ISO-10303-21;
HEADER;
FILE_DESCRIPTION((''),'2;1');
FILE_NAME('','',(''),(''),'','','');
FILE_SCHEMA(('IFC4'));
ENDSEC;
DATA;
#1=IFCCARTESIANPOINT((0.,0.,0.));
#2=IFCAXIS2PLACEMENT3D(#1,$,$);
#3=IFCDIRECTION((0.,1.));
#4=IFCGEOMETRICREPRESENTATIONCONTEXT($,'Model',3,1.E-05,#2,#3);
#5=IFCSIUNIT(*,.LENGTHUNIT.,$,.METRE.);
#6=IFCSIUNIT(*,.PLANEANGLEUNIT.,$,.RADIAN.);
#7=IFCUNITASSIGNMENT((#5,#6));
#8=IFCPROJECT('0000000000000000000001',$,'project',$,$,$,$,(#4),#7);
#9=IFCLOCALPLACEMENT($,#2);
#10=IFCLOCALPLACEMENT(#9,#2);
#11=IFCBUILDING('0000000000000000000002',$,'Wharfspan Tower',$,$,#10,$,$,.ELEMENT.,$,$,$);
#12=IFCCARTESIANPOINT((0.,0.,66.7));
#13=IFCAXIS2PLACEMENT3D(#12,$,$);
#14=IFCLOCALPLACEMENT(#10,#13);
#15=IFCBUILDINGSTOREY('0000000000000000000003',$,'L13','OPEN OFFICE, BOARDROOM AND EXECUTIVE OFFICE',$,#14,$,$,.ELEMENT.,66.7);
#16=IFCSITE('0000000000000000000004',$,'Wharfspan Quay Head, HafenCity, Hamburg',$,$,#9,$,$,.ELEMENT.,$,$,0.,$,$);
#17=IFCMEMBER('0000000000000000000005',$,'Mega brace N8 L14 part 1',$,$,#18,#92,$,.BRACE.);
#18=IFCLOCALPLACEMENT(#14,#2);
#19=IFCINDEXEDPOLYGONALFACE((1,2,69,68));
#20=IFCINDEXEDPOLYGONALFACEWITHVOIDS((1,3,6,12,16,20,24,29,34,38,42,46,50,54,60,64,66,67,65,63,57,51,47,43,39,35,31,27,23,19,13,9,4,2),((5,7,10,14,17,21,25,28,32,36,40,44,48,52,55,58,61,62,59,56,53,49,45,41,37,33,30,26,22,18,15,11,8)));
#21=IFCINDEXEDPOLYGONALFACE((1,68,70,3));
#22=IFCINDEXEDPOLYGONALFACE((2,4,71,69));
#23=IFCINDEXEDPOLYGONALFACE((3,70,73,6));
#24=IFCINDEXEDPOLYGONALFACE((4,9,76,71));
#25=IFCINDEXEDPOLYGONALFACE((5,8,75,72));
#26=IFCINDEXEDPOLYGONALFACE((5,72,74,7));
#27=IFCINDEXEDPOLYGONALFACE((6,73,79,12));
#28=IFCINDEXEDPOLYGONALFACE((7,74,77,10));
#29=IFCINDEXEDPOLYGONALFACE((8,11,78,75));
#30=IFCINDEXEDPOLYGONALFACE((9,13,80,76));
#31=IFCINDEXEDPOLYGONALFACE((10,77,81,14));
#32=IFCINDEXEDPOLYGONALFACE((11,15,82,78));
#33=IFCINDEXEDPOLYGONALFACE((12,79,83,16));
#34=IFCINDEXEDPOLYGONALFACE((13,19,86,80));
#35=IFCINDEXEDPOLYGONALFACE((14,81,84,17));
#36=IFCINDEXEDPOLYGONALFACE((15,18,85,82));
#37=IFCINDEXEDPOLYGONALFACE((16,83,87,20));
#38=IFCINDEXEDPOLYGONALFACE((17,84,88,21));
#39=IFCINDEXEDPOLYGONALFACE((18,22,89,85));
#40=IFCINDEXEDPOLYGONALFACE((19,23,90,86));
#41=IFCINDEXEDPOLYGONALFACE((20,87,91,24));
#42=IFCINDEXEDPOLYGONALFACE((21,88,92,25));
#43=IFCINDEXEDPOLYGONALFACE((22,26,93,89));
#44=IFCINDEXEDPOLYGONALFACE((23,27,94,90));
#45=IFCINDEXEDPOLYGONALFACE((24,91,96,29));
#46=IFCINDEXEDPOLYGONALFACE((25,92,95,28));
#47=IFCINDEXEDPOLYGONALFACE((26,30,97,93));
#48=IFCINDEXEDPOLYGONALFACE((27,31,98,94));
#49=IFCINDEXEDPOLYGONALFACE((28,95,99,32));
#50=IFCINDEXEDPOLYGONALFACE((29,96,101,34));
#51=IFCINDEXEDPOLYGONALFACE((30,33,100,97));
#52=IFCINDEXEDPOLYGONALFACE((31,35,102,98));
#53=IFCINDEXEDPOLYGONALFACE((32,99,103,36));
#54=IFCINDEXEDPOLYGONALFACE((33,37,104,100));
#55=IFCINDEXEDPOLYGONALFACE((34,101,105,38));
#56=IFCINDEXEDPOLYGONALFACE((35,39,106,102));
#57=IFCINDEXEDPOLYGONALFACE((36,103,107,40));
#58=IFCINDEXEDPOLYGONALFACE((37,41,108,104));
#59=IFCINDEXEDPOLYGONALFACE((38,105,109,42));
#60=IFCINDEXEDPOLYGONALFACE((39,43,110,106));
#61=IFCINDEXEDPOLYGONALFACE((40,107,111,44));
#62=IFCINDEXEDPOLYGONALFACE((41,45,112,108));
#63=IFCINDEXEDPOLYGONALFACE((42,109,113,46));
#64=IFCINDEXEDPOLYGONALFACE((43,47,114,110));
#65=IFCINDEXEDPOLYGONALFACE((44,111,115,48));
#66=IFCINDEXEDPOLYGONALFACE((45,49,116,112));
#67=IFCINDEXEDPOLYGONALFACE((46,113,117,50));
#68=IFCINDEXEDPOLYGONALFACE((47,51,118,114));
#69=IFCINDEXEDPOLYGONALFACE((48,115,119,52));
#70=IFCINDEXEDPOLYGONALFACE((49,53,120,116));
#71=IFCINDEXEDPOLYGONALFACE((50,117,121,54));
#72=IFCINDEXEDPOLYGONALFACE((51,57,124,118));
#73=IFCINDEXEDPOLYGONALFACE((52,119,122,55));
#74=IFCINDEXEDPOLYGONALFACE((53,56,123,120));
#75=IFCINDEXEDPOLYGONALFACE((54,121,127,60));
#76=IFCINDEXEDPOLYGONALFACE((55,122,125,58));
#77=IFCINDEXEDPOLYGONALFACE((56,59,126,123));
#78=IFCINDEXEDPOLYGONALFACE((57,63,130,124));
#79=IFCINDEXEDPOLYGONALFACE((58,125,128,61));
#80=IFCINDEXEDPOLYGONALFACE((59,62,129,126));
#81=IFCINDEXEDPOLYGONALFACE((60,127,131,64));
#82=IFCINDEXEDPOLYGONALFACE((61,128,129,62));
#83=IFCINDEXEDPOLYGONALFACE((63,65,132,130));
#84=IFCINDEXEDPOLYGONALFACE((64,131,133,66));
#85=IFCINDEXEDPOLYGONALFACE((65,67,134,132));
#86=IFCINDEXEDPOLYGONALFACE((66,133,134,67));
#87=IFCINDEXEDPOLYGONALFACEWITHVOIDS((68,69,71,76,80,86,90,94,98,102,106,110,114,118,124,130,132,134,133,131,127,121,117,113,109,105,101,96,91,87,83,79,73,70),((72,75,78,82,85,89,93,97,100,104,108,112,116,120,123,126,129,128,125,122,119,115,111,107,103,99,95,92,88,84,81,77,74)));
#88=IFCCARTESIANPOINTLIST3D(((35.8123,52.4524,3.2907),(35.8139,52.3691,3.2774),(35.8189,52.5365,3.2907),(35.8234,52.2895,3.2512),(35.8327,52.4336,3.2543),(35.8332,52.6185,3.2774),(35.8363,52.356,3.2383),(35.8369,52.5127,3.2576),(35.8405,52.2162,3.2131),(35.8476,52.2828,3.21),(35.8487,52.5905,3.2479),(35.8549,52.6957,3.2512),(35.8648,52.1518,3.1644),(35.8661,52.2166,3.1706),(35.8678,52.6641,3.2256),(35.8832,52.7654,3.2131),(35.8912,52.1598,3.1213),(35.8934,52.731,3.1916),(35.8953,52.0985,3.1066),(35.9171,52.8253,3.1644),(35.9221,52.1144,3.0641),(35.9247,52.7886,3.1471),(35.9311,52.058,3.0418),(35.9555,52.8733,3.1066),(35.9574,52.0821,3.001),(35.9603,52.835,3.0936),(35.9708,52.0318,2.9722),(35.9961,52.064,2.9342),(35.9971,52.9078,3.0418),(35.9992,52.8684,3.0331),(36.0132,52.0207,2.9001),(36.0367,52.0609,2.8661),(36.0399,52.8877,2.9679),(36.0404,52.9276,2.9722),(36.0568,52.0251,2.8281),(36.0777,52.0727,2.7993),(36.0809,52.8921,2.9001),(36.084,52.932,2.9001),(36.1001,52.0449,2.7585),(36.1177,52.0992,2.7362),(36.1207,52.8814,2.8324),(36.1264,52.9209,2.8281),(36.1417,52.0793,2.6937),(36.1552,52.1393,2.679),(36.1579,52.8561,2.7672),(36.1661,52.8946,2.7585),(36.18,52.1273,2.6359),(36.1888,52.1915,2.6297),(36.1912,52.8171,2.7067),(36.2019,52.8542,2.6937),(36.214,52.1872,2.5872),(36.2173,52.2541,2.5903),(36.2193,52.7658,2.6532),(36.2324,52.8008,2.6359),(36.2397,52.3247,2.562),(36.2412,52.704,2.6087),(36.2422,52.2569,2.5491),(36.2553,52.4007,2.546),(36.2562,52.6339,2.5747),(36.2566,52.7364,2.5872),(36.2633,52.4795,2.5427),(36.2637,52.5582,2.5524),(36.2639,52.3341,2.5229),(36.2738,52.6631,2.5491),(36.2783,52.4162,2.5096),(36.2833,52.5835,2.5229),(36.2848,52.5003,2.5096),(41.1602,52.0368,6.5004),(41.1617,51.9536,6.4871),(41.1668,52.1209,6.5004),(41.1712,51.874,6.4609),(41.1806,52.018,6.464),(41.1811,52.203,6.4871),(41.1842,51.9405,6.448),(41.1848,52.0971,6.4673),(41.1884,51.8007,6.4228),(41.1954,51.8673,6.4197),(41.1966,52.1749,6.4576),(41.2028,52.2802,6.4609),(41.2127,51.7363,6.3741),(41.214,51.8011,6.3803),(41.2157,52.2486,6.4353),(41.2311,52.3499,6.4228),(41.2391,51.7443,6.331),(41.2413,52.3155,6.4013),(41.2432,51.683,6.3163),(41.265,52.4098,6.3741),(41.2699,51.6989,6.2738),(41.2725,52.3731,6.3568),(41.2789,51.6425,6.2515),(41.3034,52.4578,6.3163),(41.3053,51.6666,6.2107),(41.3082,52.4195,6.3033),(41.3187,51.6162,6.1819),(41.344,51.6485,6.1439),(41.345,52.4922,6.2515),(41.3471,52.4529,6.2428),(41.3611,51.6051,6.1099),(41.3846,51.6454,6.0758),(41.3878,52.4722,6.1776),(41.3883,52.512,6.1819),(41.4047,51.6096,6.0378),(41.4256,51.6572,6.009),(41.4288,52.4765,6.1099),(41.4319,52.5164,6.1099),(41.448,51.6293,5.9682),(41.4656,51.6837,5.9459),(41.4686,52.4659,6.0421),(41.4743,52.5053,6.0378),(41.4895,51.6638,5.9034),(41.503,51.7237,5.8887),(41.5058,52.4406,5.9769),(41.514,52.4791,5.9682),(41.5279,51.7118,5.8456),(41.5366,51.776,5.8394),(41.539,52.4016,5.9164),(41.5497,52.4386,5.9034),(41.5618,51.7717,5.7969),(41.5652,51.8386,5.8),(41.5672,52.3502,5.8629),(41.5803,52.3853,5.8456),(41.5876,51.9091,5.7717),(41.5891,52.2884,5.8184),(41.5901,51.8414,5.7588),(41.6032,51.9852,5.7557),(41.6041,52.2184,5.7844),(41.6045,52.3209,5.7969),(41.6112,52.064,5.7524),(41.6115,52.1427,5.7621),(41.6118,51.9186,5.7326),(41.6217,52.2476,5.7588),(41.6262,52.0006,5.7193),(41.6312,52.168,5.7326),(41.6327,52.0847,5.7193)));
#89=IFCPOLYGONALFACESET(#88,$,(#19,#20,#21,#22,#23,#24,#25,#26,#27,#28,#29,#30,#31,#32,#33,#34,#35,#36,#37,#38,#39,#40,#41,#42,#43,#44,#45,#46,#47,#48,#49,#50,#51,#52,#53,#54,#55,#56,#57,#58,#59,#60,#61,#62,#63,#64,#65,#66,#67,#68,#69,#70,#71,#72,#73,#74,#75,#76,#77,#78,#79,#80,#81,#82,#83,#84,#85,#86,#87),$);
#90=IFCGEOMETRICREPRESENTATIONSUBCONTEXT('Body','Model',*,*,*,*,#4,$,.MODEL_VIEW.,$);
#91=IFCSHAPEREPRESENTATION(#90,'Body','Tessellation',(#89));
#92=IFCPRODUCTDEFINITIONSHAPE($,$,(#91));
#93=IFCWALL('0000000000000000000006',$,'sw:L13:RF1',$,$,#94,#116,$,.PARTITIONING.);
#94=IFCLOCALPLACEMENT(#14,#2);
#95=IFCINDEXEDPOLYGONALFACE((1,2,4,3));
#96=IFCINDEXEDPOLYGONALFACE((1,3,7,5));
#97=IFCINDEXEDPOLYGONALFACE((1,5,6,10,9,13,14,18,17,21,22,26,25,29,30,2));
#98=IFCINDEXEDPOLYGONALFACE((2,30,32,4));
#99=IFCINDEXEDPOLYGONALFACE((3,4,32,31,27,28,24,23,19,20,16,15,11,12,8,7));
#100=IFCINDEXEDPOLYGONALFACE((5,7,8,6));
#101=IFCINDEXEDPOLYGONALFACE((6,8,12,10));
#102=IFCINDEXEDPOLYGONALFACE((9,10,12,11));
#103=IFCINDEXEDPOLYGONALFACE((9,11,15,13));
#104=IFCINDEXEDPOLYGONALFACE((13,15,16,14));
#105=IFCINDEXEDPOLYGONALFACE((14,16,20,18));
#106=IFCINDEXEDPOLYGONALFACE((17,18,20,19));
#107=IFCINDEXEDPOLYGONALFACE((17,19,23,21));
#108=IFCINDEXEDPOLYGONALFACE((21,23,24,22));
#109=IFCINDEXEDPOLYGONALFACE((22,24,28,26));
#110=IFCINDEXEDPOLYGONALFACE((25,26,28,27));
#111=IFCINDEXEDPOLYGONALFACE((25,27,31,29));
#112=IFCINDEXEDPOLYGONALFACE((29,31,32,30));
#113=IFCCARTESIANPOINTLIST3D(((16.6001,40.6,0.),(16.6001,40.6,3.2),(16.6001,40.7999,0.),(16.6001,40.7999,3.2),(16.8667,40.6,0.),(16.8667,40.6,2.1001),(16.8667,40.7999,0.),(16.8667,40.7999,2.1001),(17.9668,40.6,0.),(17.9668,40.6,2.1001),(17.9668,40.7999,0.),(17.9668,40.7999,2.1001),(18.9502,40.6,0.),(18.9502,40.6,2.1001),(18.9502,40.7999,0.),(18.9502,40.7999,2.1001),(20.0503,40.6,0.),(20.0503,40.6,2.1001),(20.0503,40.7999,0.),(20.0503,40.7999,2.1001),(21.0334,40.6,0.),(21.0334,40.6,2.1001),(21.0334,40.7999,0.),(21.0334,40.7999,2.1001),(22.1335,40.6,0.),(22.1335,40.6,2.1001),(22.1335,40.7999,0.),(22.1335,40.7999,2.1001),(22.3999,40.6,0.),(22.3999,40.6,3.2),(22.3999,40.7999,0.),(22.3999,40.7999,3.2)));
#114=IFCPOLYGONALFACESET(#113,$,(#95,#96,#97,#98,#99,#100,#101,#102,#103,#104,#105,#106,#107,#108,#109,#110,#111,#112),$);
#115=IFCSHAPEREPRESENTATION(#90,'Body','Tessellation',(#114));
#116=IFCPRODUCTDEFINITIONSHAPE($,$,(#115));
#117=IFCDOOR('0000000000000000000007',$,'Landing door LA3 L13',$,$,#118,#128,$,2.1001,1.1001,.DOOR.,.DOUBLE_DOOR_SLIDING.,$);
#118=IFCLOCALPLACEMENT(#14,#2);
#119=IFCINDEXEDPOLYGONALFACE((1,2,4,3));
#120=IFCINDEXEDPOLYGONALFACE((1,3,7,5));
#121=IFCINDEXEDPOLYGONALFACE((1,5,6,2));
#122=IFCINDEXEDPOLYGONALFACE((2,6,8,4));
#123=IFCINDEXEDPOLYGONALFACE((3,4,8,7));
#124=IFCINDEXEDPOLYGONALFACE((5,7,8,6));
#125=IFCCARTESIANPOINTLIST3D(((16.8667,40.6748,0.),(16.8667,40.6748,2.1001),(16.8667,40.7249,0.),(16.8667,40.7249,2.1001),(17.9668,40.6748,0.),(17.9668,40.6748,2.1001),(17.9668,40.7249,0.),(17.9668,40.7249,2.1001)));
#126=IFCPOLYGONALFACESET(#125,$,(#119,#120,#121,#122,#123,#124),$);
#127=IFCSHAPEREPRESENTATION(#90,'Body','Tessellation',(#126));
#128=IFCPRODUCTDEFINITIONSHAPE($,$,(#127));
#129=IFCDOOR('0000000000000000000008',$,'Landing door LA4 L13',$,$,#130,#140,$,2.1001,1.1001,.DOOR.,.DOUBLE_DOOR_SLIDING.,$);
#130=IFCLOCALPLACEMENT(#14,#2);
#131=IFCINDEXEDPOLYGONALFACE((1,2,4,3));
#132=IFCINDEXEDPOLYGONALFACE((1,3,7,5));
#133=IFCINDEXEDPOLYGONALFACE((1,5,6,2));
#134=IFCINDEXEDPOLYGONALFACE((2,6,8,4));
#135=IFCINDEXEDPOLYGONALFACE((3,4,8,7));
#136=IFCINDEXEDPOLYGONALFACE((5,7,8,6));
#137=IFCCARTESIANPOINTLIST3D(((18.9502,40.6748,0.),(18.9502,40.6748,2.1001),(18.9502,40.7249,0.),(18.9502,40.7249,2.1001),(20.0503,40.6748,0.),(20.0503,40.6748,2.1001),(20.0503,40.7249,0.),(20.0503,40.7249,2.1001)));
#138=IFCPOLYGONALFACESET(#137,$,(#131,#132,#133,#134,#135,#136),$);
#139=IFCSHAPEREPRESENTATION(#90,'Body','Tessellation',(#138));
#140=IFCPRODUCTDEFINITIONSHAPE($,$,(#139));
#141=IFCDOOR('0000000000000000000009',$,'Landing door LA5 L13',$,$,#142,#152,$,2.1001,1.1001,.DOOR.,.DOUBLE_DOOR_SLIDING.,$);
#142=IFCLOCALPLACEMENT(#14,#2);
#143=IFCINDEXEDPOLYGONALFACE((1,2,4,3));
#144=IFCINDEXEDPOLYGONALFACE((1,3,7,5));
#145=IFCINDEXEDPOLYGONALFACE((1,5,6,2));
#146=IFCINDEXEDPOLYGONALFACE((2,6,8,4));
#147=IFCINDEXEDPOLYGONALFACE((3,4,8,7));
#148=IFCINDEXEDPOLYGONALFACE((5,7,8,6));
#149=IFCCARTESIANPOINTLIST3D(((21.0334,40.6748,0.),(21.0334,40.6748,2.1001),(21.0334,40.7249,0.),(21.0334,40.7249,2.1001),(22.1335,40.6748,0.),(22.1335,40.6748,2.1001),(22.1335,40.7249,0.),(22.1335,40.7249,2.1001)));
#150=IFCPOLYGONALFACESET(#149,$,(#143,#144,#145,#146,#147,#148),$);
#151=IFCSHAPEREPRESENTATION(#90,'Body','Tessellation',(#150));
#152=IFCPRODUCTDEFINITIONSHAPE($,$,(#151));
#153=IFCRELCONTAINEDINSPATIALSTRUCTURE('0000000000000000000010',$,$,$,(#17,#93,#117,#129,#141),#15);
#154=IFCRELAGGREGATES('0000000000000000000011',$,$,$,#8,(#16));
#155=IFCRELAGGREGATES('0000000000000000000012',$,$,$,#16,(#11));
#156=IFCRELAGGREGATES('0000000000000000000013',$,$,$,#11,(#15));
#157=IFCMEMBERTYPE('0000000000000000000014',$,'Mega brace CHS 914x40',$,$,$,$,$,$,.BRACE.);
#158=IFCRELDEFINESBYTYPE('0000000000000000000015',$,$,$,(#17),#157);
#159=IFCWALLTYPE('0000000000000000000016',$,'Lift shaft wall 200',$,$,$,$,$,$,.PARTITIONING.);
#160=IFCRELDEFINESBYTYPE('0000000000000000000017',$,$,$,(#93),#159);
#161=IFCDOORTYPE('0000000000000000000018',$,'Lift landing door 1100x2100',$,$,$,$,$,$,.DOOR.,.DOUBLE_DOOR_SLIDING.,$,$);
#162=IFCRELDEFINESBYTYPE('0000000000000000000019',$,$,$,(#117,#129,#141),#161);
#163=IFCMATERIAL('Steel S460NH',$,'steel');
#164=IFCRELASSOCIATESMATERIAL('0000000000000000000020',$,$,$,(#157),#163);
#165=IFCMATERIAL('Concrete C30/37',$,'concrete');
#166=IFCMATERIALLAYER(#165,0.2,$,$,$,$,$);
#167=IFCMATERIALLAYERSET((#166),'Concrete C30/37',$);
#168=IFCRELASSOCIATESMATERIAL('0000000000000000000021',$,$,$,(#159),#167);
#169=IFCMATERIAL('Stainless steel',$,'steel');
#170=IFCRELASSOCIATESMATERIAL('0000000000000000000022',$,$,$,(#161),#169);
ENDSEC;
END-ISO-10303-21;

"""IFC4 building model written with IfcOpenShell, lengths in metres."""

from ifc_helpers import new_model, si_unit, direction, frame, frame_2d, origin, origin_2d, place, context, subcontext, project, spatial, rectangle, hollow_circle, extrude, material, layer, layer_set, material_profile, profile_set, type_object, element, fill, save


model = new_model("IFC4")

# Units and contexts
model_context = context("Model", 3, precision=1e-05, world=origin(), true_north=direction((0.0, 1.0)))
body_context = subcontext(model_context, "Body", "Model", "MODEL_VIEW")
ifc_project = project(units=[si_unit("LENGTHUNIT", "METRE"), si_unit("PLANEANGLEUNIT", "RADIAN")], contexts=[model_context])

# Site, building, storey
site_placement = place(None, origin())
site = spatial("IfcSite", under=ifc_project, at=site_placement, Name="Wharfspan Quay Head, HafenCity, Hamburg", CompositionType="ELEMENT", RefElevation=0.0)
building_placement = place(site_placement, origin())
building = spatial("IfcBuilding", under=site, at=building_placement, Name="Wharfspan Tower", CompositionType="ELEMENT")
storey_placement = place(building_placement, frame((0.0, 0.0, 66.7)))
storey = spatial("IfcBuildingStorey", under=building, at=storey_placement, Name="L13", Description="OPEN OFFICE, BOARDROOM AND EXECUTIVE OFFICE", CompositionType="ELEMENT", Elevation=66.7)

# Member
ifc_material_1 = material(Name="Steel S460NH", Category="steel")
ifc_material_profile_1 = material_profile(ifc_material_1, hollow_circle(Radius=0.457, WallThickness=0.04, at=origin_2d()))
ifc_profile_set_1 = profile_set([ifc_material_profile_1], Name="Steel S460NH")
member_type = type_object("IfcMemberType", Name="Mega brace CHS 914x40", PredefinedType="BRACE", material=ifc_profile_set_1)
member_placement = place(storey_placement, frame((36.0486, 52.4763, 2.9001), z_axis=(0.855527, -0.066474, 0.513473), x_axis=(0.077466, 0.996995, 0.0)))
element("IfcMember", 1, at=member_placement, inside=storey, type_object=member_type, Name="Mega brace N8 L14 part 1", PredefinedType="BRACE", context=body_context, shape_type="SweptSolid", body=[
    extrude(hollow_circle(Radius=0.457, WallThickness=0.04, at=origin_2d()), origin(), (0.0, 0.0, 1.0), 6.251),
])

# Wall, openings, doors
ifc_material_2 = material(Name="Concrete C30/37", Category="concrete")
ifc_layer_1 = layer(ifc_material_2, 0.2)
ifc_layer_set_1 = layer_set([ifc_layer_1], Name="Concrete C30/37")
wall_type_1 = type_object("IfcWallType", Name="Lift shaft wall 200", PredefinedType="PARTITIONING", material=ifc_layer_set_1)
wall_1_placement = place(storey_placement, frame((16.6001, 40.7, 0.0), z_axis=(0.0, 0.0, 1.0), x_axis=(1.0, 0.0, 0.0)))
wall_1 = element("IfcWall", 2, at=wall_1_placement, inside=storey, type_object=wall_type_1, Name="sw:L13:RF1", PredefinedType="PARTITIONING", context=body_context, shape_type="SweptSolid", body=[
    extrude(rectangle(XDim=5.7998, YDim=0.2, at=frame_2d((2.8999, 0.0))), origin(), (0.0, 0.0, 1.0), 3.2),
])
opening_1_placement = place(wall_1_placement, frame((0.2666, 0.0, 0.0)))
opening_1 = element("IfcOpeningElement", 3, at=opening_1_placement, cuts=wall_1, PredefinedType="OPENING", context=body_context, shape_type="SweptSolid", body=[
    extrude(rectangle(XDim=1.1001, YDim=2.1001, at=frame_2d((0.55, 1.05))), frame((0.0, 0.1099, 0.0), z_axis=(0.0, -1.0, 0.0), x_axis=(1.0, 0.0, 0.0)), (0.0, 0.0, 1.0), 0.22),
])
opening_2_placement = place(wall_1_placement, frame((2.3501, 0.0, 0.0)))
opening_2 = element("IfcOpeningElement", 4, at=opening_2_placement, cuts=wall_1, PredefinedType="OPENING", context=body_context, shape_type="SweptSolid", body=[
    extrude(rectangle(XDim=1.1001, YDim=2.1001, at=frame_2d((0.55, 1.05))), frame((0.0, 0.1099, 0.0), z_axis=(0.0, -1.0, 0.0), x_axis=(1.0, 0.0, 0.0)), (0.0, 0.0, 1.0), 0.22),
])
opening_3_placement = place(wall_1_placement, frame((4.4333, 0.0, 0.0)))
opening_3 = element("IfcOpeningElement", 5, at=opening_3_placement, cuts=wall_1, PredefinedType="OPENING", context=body_context, shape_type="SweptSolid", body=[
    extrude(rectangle(XDim=1.1001, YDim=2.1001, at=frame_2d((0.55, 1.05))), frame((0.0, 0.1099, 0.0), z_axis=(0.0, -1.0, 0.0), x_axis=(1.0, 0.0, 0.0)), (0.0, 0.0, 1.0), 0.22),
])
ifc_material_3 = material(Name="Stainless steel", Category="steel")
door_type_1 = type_object("IfcDoorType", Name="Lift landing door 1100x2100", OperationType="DOUBLE_DOOR_SLIDING", PredefinedType="DOOR", material=ifc_material_3)
door_1_placement = place(opening_1_placement, origin())
door_1 = element("IfcDoor", 6, at=door_1_placement, inside=storey, type_object=door_type_1, Name="Landing door LA3 L13", OperationType="DOUBLE_DOOR_SLIDING", OverallHeight=2.1001, OverallWidth=1.1001, PredefinedType="DOOR", context=body_context, shape_type="SweptSolid", body=[
    extrude(rectangle(XDim=1.1001, YDim=2.1001, at=frame_2d((0.55, 1.05))), frame((0.0, 0.0249, 0.0), z_axis=(0.0, -1.0, 0.0), x_axis=(1.0, 0.0, 0.0)), (0.0, 0.0, 1.0), 0.05),
])
fill(opening_1, door_1)
door_2_placement = place(opening_2_placement, origin())
door_2 = element("IfcDoor", 7, at=door_2_placement, inside=storey, type_object=door_type_1, Name="Landing door LA4 L13", OperationType="DOUBLE_DOOR_SLIDING", OverallHeight=2.1001, OverallWidth=1.1001, PredefinedType="DOOR", context=body_context, shape_type="SweptSolid", body=[
    extrude(rectangle(XDim=1.1001, YDim=2.1001, at=frame_2d((0.55, 1.05))), frame((0.0, 0.0249, 0.0), z_axis=(0.0, -1.0, 0.0), x_axis=(1.0, 0.0, 0.0)), (0.0, 0.0, 1.0), 0.05),
])
fill(opening_2, door_2)
door_3_placement = place(opening_3_placement, origin())
door_3 = element("IfcDoor", 8, at=door_3_placement, inside=storey, type_object=door_type_1, Name="Landing door LA5 L13", OperationType="DOUBLE_DOOR_SLIDING", OverallHeight=2.1001, OverallWidth=1.1001, PredefinedType="DOOR", context=body_context, shape_type="SweptSolid", body=[
    extrude(rectangle(XDim=1.1001, YDim=2.1001, at=frame_2d((0.55, 1.05))), frame((0.0, 0.0249, 0.0), z_axis=(0.0, -1.0, 0.0), x_axis=(1.0, 0.0, 0.0)), (0.0, 0.0, 1.0), 0.05),
])
fill(opening_3, door_3)

save(model, "model.ifc")
